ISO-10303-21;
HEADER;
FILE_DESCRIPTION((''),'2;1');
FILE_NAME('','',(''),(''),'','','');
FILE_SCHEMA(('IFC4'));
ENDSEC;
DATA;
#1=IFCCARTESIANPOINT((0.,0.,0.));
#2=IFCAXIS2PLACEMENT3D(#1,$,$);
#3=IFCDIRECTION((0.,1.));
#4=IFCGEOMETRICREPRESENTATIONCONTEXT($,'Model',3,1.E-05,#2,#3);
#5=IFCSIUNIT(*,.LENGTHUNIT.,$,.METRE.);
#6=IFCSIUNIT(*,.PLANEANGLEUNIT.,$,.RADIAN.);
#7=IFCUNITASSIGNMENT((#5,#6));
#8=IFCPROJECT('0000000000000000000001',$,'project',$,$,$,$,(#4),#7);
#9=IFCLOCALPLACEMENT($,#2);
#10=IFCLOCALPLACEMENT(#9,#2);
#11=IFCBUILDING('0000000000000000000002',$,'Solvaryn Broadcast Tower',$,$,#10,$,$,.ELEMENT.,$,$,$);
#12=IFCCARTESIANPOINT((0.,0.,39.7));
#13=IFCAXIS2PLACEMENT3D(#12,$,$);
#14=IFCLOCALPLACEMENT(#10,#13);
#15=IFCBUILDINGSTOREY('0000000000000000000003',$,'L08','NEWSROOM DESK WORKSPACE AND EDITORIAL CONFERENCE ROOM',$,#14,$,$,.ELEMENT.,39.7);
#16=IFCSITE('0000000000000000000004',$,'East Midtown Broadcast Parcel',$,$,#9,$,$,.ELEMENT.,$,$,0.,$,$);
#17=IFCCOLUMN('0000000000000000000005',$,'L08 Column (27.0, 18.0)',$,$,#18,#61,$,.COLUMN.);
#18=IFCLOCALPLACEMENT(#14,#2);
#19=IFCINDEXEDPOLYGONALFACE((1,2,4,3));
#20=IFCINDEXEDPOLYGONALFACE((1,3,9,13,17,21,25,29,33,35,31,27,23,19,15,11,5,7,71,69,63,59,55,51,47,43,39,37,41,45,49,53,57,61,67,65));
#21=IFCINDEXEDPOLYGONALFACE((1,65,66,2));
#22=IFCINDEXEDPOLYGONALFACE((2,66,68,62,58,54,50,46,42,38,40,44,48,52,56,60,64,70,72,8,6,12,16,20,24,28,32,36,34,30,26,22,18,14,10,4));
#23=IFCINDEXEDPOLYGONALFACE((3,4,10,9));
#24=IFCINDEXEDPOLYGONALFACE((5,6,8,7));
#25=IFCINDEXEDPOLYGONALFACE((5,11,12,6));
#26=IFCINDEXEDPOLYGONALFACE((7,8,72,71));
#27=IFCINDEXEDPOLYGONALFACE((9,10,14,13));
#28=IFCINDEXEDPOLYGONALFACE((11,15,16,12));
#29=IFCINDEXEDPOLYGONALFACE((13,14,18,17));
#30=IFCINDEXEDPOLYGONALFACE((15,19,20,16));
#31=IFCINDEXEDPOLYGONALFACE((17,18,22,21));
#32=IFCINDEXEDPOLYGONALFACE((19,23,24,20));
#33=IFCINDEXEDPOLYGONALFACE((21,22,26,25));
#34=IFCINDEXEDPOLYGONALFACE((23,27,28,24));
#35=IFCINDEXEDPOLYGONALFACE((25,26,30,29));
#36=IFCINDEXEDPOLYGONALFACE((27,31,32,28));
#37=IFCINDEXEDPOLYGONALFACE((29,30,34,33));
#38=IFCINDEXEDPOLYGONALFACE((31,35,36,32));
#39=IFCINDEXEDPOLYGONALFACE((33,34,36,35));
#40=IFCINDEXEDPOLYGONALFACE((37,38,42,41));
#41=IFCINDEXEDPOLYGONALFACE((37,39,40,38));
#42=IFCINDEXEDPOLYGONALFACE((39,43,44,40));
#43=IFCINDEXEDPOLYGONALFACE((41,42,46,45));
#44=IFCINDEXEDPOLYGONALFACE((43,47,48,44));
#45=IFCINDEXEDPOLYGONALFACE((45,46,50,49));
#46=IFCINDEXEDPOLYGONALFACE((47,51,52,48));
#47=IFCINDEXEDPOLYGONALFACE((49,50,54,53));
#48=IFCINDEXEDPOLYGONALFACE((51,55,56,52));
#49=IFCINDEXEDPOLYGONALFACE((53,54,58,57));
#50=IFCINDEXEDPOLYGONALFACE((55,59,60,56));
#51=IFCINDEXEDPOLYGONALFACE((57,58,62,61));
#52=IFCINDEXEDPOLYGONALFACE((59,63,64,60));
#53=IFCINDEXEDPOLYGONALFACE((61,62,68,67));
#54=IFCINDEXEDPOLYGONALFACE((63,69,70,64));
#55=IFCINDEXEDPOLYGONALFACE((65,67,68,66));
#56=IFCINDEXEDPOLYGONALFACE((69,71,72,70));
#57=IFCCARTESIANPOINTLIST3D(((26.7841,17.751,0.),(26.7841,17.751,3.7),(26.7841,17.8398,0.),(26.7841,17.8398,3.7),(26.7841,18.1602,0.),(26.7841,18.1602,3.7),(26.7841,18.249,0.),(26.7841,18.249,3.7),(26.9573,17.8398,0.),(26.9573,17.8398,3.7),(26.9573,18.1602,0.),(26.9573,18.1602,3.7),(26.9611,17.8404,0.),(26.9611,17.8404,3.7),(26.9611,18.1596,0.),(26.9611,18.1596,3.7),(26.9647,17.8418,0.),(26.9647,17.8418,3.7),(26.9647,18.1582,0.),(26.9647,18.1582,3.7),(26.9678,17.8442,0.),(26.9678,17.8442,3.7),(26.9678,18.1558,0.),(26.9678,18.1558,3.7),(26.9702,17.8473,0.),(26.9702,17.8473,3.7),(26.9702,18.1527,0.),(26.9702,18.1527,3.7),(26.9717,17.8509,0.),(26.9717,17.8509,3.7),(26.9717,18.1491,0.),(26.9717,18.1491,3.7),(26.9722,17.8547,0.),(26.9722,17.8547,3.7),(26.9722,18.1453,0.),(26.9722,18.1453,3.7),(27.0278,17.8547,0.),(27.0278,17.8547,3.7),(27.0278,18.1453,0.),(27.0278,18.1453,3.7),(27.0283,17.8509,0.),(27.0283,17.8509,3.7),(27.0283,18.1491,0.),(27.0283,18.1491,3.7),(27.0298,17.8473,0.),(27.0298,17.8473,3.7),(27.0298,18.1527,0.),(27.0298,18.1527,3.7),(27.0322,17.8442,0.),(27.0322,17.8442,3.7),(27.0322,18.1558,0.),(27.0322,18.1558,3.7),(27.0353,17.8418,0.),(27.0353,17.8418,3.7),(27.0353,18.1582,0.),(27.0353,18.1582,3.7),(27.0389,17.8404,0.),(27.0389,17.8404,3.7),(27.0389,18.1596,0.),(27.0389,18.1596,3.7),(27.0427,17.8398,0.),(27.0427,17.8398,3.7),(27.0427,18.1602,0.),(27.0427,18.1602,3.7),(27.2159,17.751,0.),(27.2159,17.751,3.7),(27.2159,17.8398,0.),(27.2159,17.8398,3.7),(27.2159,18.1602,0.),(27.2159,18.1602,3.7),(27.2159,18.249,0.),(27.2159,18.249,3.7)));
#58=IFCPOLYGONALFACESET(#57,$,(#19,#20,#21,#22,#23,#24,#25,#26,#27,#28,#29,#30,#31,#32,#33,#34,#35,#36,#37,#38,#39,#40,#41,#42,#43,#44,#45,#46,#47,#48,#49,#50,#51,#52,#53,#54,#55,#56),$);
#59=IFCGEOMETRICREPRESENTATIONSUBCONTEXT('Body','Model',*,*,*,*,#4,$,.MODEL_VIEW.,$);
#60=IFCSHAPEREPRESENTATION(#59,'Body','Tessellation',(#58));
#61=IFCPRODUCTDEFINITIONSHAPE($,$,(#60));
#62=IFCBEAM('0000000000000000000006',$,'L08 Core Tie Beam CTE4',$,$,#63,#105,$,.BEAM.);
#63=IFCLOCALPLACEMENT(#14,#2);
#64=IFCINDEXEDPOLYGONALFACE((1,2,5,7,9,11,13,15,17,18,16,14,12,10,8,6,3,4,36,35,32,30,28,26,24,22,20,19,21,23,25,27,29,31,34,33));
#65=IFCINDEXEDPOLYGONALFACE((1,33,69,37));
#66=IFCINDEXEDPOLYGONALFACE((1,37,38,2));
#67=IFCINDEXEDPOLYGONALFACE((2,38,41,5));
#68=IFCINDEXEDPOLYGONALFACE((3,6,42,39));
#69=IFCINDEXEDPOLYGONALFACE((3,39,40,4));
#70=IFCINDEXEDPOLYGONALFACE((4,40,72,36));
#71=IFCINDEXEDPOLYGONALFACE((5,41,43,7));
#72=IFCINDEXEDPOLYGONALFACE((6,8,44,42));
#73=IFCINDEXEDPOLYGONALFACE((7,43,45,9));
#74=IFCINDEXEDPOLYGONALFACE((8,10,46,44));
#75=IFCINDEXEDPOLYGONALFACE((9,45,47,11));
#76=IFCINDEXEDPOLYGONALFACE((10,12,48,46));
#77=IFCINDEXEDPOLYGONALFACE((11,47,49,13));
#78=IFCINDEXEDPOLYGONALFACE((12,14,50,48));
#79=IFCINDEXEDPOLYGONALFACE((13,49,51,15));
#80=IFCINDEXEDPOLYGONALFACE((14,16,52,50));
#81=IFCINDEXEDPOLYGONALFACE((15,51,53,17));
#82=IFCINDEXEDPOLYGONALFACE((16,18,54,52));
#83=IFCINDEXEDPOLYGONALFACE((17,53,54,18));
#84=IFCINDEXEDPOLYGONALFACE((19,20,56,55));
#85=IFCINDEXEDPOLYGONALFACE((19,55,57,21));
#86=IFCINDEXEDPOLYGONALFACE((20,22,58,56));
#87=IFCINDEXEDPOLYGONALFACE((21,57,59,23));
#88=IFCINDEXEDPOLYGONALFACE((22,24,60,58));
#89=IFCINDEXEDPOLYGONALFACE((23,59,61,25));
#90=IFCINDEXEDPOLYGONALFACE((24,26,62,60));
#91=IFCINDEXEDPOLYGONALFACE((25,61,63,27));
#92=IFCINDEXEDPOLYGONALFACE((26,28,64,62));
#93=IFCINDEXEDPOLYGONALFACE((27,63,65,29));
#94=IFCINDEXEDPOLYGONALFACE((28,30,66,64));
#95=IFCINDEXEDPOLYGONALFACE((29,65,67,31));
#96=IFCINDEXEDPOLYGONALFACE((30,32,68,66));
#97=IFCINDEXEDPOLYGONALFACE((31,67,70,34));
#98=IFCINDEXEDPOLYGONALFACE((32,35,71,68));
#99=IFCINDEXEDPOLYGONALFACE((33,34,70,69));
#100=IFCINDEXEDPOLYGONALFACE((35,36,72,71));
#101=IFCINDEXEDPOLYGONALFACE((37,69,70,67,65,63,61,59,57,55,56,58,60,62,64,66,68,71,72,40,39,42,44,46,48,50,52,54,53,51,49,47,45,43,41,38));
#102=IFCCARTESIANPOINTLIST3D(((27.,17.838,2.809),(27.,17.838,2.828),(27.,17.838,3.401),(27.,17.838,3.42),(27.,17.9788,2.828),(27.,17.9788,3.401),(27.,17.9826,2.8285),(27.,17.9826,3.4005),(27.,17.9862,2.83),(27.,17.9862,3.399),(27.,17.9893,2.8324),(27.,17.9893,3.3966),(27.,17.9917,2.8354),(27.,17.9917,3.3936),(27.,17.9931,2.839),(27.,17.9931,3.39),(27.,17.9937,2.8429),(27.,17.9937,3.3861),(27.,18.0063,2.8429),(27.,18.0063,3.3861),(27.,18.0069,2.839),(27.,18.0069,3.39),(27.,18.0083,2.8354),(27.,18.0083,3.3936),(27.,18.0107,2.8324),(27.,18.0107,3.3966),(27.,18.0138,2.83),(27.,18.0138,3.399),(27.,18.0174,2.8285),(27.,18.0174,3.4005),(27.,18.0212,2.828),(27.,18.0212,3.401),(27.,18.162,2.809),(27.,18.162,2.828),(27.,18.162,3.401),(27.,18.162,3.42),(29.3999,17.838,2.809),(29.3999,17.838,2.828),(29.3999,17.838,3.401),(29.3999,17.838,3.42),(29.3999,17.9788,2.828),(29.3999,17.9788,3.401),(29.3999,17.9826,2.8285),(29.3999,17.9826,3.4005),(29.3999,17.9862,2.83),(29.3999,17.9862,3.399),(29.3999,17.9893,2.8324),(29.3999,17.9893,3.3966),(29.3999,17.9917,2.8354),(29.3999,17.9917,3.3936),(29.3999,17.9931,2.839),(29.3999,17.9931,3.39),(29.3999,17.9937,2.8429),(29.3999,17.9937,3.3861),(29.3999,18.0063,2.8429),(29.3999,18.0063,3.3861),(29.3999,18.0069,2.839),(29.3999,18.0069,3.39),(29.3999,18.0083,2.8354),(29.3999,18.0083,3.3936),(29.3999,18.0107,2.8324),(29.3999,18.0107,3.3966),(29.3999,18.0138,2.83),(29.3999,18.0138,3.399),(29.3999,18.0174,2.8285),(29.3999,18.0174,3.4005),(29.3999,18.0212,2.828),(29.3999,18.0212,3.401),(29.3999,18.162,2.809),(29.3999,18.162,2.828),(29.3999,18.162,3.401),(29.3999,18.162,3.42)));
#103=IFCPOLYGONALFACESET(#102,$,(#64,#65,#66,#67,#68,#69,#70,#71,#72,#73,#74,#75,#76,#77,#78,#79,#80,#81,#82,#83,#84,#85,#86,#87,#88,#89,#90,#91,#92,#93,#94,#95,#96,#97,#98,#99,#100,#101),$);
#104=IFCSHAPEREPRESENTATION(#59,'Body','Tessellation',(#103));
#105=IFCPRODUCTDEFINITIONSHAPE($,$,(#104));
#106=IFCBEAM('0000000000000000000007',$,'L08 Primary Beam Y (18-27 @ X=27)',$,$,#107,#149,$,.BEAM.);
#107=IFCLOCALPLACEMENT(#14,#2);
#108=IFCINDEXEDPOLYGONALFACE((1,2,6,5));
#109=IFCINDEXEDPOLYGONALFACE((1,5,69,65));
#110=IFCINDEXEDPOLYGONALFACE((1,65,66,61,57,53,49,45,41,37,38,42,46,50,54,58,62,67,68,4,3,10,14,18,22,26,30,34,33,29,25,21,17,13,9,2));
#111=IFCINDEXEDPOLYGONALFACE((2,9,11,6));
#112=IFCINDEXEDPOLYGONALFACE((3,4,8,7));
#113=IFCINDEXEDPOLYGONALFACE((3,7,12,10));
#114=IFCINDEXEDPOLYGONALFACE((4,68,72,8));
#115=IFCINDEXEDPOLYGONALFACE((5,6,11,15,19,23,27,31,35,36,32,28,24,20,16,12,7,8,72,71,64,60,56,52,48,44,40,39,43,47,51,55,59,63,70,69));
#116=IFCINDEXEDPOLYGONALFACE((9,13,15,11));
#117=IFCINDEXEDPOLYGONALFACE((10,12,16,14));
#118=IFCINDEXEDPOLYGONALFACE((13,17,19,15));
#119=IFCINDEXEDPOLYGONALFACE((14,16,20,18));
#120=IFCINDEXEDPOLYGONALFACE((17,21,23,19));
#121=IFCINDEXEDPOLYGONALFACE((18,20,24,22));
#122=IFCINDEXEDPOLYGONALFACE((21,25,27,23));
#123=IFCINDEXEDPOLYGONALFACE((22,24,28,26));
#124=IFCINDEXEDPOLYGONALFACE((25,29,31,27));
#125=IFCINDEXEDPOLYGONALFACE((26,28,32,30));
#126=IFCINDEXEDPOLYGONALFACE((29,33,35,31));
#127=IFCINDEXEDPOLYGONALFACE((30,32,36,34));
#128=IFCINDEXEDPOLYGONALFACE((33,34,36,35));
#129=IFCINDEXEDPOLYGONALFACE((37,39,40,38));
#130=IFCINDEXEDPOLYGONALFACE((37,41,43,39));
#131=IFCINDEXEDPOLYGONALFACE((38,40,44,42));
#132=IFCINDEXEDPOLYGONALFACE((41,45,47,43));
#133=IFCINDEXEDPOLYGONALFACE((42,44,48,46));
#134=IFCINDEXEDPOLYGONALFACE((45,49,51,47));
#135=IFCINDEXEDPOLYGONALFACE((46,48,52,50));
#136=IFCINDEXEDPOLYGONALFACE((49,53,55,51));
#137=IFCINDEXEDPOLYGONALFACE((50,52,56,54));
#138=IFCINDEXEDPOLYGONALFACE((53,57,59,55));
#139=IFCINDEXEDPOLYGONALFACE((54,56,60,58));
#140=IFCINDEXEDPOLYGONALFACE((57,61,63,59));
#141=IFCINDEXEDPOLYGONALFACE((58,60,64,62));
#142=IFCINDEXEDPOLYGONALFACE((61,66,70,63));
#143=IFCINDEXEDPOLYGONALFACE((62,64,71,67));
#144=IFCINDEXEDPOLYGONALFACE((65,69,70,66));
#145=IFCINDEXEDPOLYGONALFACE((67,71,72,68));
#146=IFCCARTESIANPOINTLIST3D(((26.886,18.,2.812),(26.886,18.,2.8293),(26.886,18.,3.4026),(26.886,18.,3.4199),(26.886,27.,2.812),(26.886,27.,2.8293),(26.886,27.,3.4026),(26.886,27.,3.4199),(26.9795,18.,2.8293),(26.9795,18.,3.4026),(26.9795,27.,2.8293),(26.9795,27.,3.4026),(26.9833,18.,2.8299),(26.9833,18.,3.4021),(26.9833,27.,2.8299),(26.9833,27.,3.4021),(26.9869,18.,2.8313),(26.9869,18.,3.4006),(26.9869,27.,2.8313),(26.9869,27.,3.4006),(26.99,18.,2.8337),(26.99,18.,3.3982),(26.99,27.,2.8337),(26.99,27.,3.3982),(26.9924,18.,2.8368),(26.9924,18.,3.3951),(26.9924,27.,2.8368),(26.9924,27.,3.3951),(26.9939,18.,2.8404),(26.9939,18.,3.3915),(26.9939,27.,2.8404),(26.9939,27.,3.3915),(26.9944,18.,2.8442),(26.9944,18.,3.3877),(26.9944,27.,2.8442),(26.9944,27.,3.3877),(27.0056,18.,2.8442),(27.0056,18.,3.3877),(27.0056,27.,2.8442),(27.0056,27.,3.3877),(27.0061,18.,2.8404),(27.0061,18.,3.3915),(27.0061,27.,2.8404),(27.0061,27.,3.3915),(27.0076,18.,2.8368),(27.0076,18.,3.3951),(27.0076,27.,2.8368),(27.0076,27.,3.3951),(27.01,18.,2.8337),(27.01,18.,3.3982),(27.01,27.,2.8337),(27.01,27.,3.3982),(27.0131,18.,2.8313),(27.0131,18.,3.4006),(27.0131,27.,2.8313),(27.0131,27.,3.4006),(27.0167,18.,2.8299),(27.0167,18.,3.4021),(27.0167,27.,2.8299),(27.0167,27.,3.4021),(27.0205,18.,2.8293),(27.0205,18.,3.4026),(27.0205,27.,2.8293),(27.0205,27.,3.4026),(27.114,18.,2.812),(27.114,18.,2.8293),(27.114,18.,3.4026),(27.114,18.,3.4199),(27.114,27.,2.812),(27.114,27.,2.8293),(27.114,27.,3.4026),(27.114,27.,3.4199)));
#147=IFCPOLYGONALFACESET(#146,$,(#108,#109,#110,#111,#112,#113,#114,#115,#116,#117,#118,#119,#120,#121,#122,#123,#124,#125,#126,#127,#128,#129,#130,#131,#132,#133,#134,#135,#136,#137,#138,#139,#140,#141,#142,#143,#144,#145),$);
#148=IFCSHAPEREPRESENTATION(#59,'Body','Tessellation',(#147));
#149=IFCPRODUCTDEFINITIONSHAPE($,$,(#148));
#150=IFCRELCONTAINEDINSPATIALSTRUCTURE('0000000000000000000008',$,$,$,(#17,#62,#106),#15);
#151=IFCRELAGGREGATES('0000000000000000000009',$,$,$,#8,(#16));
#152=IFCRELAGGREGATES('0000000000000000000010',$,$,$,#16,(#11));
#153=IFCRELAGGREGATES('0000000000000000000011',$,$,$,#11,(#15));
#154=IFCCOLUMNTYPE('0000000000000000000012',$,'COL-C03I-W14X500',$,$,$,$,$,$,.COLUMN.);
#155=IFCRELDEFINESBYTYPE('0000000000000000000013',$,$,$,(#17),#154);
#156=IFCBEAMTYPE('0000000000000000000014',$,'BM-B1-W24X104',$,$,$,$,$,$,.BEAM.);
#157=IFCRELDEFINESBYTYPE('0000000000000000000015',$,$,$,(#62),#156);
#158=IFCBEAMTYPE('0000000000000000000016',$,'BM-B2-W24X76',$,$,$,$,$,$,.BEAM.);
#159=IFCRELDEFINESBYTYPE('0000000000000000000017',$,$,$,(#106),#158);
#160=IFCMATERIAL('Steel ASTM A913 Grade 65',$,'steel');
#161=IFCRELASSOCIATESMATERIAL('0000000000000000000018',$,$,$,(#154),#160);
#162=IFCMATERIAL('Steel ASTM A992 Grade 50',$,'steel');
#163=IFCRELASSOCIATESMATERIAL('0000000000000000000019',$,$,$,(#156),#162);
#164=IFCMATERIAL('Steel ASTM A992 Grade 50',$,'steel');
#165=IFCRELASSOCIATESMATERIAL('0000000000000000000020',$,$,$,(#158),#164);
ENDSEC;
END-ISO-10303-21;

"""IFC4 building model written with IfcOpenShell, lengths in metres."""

from ifc_helpers import new_model, si_unit, direction, frame, origin, origin_2d, place, context, subcontext, project, spatial, i_section, extrude, material, material_profile, profile_set, type_object, element, save


model = new_model("IFC4")

# Units and contexts
model_context = context("Model", 3, precision=1e-05, world=origin(), true_north=direction((0.0, 1.0)))
body_context = subcontext(model_context, "Body", "Model", "MODEL_VIEW")
ifc_project = project(units=[si_unit("LENGTHUNIT", "METRE"), si_unit("PLANEANGLEUNIT", "RADIAN")], contexts=[model_context])

# Site, building, storey
site_placement = place(None, origin())
site = spatial("IfcSite", under=ifc_project, at=site_placement, Name="East Midtown Broadcast Parcel", CompositionType="ELEMENT", RefElevation=0.0)
building_placement = place(site_placement, origin())
building = spatial("IfcBuilding", under=site, at=building_placement, Name="Solvaryn Broadcast Tower", CompositionType="ELEMENT")
storey_placement = place(building_placement, frame((0.0, 0.0, 39.7)))
storey = spatial("IfcBuildingStorey", under=building, at=storey_placement, Name="L08", Description="NEWSROOM DESK WORKSPACE AND EDITORIAL CONFERENCE ROOM", CompositionType="ELEMENT", Elevation=39.7)

# Column
ifc_material_1 = material(Name="Steel ASTM A913 Grade 65", Category="steel")
ifc_material_profile_1 = material_profile(ifc_material_1, i_section(OverallWidth=0.4319, OverallDepth=0.498, WebThickness=0.0557, FlangeThickness=0.0889, FilletRadius=0.0149, at=origin_2d()))
ifc_profile_set_1 = profile_set([ifc_material_profile_1], Name="Steel ASTM A913 Grade 65")
column_type = type_object("IfcColumnType", Name="COL-C03I-W14X500", PredefinedType="COLUMN", material=ifc_profile_set_1)
column_placement = place(storey_placement, frame((27.0, 18.0, 0.0), z_axis=(0.0, 0.0, 1.0), x_axis=(1.0, 0.0, 0.0)))
element("IfcColumn", 1, at=column_placement, inside=storey, type_object=column_type, Name="L08 Column (27.0, 18.0)", PredefinedType="COLUMN", context=body_context, shape_type="SweptSolid", body=[
    extrude(i_section(OverallWidth=0.4319, OverallDepth=0.498, WebThickness=0.0557, FlangeThickness=0.0889, FilletRadius=0.0149, at=origin_2d()), origin(), (0.0, 0.0, 1.0), 3.7),
])

# Beams
ifc_material_2 = material(Name="Steel ASTM A992 Grade 50", Category="steel")
ifc_material_profile_2 = material_profile(ifc_material_2, i_section(OverallWidth=0.324, OverallDepth=0.6111, WebThickness=0.0127, FlangeThickness=0.019, FilletRadius=0.0149, at=origin_2d()))
ifc_profile_set_2 = profile_set([ifc_material_profile_2], Name="Steel ASTM A992 Grade 50")
beam_type_1 = type_object("IfcBeamType", Name="BM-B1-W24X104", PredefinedType="BEAM", material=ifc_profile_set_2)
beam_1_placement = place(storey_placement, frame((27.0, 18.0, 3.1145), z_axis=(1.0, 0.0, 0.0), x_axis=(0.0, 1.0, 0.0)))
element("IfcBeam", 2, at=beam_1_placement, inside=storey, type_object=beam_type_1, Name="L08 Core Tie Beam CTE4", PredefinedType="BEAM", context=body_context, shape_type="SweptSolid", body=[
    extrude(i_section(OverallWidth=0.324, OverallDepth=0.6111, WebThickness=0.0127, FlangeThickness=0.019, FilletRadius=0.0149, at=origin_2d()), origin(), (0.0, 0.0, 1.0), 2.3999),
])
ifc_material_3 = material(Name="Steel ASTM A992 Grade 50", Category="steel")
ifc_material_profile_3 = material_profile(ifc_material_3, i_section(OverallWidth=0.228, OverallDepth=0.6079, WebThickness=0.0112, FlangeThickness=0.0173, FilletRadius=0.0149, at=origin_2d()))
ifc_profile_set_3 = profile_set([ifc_material_profile_3], Name="Steel ASTM A992 Grade 50")
beam_type_2 = type_object("IfcBeamType", Name="BM-B2-W24X76", PredefinedType="BEAM", material=ifc_profile_set_3)
beam_2_placement = place(storey_placement, frame((27.0, 18.0, 3.116), z_axis=(0.0, 1.0, 0.0), x_axis=(-1.0, 0.0, 0.0)))
element("IfcBeam", 3, at=beam_2_placement, inside=storey, type_object=beam_type_2, Name="L08 Primary Beam Y (18-27 @ X=27)", PredefinedType="BEAM", context=body_context, shape_type="SweptSolid", body=[
    extrude(i_section(OverallWidth=0.228, OverallDepth=0.6079, WebThickness=0.0112, FlangeThickness=0.0173, FilletRadius=0.0149, at=origin_2d()), origin(), (0.0, 0.0, 1.0), 9.0),
])

save(model, "model.ifc")
